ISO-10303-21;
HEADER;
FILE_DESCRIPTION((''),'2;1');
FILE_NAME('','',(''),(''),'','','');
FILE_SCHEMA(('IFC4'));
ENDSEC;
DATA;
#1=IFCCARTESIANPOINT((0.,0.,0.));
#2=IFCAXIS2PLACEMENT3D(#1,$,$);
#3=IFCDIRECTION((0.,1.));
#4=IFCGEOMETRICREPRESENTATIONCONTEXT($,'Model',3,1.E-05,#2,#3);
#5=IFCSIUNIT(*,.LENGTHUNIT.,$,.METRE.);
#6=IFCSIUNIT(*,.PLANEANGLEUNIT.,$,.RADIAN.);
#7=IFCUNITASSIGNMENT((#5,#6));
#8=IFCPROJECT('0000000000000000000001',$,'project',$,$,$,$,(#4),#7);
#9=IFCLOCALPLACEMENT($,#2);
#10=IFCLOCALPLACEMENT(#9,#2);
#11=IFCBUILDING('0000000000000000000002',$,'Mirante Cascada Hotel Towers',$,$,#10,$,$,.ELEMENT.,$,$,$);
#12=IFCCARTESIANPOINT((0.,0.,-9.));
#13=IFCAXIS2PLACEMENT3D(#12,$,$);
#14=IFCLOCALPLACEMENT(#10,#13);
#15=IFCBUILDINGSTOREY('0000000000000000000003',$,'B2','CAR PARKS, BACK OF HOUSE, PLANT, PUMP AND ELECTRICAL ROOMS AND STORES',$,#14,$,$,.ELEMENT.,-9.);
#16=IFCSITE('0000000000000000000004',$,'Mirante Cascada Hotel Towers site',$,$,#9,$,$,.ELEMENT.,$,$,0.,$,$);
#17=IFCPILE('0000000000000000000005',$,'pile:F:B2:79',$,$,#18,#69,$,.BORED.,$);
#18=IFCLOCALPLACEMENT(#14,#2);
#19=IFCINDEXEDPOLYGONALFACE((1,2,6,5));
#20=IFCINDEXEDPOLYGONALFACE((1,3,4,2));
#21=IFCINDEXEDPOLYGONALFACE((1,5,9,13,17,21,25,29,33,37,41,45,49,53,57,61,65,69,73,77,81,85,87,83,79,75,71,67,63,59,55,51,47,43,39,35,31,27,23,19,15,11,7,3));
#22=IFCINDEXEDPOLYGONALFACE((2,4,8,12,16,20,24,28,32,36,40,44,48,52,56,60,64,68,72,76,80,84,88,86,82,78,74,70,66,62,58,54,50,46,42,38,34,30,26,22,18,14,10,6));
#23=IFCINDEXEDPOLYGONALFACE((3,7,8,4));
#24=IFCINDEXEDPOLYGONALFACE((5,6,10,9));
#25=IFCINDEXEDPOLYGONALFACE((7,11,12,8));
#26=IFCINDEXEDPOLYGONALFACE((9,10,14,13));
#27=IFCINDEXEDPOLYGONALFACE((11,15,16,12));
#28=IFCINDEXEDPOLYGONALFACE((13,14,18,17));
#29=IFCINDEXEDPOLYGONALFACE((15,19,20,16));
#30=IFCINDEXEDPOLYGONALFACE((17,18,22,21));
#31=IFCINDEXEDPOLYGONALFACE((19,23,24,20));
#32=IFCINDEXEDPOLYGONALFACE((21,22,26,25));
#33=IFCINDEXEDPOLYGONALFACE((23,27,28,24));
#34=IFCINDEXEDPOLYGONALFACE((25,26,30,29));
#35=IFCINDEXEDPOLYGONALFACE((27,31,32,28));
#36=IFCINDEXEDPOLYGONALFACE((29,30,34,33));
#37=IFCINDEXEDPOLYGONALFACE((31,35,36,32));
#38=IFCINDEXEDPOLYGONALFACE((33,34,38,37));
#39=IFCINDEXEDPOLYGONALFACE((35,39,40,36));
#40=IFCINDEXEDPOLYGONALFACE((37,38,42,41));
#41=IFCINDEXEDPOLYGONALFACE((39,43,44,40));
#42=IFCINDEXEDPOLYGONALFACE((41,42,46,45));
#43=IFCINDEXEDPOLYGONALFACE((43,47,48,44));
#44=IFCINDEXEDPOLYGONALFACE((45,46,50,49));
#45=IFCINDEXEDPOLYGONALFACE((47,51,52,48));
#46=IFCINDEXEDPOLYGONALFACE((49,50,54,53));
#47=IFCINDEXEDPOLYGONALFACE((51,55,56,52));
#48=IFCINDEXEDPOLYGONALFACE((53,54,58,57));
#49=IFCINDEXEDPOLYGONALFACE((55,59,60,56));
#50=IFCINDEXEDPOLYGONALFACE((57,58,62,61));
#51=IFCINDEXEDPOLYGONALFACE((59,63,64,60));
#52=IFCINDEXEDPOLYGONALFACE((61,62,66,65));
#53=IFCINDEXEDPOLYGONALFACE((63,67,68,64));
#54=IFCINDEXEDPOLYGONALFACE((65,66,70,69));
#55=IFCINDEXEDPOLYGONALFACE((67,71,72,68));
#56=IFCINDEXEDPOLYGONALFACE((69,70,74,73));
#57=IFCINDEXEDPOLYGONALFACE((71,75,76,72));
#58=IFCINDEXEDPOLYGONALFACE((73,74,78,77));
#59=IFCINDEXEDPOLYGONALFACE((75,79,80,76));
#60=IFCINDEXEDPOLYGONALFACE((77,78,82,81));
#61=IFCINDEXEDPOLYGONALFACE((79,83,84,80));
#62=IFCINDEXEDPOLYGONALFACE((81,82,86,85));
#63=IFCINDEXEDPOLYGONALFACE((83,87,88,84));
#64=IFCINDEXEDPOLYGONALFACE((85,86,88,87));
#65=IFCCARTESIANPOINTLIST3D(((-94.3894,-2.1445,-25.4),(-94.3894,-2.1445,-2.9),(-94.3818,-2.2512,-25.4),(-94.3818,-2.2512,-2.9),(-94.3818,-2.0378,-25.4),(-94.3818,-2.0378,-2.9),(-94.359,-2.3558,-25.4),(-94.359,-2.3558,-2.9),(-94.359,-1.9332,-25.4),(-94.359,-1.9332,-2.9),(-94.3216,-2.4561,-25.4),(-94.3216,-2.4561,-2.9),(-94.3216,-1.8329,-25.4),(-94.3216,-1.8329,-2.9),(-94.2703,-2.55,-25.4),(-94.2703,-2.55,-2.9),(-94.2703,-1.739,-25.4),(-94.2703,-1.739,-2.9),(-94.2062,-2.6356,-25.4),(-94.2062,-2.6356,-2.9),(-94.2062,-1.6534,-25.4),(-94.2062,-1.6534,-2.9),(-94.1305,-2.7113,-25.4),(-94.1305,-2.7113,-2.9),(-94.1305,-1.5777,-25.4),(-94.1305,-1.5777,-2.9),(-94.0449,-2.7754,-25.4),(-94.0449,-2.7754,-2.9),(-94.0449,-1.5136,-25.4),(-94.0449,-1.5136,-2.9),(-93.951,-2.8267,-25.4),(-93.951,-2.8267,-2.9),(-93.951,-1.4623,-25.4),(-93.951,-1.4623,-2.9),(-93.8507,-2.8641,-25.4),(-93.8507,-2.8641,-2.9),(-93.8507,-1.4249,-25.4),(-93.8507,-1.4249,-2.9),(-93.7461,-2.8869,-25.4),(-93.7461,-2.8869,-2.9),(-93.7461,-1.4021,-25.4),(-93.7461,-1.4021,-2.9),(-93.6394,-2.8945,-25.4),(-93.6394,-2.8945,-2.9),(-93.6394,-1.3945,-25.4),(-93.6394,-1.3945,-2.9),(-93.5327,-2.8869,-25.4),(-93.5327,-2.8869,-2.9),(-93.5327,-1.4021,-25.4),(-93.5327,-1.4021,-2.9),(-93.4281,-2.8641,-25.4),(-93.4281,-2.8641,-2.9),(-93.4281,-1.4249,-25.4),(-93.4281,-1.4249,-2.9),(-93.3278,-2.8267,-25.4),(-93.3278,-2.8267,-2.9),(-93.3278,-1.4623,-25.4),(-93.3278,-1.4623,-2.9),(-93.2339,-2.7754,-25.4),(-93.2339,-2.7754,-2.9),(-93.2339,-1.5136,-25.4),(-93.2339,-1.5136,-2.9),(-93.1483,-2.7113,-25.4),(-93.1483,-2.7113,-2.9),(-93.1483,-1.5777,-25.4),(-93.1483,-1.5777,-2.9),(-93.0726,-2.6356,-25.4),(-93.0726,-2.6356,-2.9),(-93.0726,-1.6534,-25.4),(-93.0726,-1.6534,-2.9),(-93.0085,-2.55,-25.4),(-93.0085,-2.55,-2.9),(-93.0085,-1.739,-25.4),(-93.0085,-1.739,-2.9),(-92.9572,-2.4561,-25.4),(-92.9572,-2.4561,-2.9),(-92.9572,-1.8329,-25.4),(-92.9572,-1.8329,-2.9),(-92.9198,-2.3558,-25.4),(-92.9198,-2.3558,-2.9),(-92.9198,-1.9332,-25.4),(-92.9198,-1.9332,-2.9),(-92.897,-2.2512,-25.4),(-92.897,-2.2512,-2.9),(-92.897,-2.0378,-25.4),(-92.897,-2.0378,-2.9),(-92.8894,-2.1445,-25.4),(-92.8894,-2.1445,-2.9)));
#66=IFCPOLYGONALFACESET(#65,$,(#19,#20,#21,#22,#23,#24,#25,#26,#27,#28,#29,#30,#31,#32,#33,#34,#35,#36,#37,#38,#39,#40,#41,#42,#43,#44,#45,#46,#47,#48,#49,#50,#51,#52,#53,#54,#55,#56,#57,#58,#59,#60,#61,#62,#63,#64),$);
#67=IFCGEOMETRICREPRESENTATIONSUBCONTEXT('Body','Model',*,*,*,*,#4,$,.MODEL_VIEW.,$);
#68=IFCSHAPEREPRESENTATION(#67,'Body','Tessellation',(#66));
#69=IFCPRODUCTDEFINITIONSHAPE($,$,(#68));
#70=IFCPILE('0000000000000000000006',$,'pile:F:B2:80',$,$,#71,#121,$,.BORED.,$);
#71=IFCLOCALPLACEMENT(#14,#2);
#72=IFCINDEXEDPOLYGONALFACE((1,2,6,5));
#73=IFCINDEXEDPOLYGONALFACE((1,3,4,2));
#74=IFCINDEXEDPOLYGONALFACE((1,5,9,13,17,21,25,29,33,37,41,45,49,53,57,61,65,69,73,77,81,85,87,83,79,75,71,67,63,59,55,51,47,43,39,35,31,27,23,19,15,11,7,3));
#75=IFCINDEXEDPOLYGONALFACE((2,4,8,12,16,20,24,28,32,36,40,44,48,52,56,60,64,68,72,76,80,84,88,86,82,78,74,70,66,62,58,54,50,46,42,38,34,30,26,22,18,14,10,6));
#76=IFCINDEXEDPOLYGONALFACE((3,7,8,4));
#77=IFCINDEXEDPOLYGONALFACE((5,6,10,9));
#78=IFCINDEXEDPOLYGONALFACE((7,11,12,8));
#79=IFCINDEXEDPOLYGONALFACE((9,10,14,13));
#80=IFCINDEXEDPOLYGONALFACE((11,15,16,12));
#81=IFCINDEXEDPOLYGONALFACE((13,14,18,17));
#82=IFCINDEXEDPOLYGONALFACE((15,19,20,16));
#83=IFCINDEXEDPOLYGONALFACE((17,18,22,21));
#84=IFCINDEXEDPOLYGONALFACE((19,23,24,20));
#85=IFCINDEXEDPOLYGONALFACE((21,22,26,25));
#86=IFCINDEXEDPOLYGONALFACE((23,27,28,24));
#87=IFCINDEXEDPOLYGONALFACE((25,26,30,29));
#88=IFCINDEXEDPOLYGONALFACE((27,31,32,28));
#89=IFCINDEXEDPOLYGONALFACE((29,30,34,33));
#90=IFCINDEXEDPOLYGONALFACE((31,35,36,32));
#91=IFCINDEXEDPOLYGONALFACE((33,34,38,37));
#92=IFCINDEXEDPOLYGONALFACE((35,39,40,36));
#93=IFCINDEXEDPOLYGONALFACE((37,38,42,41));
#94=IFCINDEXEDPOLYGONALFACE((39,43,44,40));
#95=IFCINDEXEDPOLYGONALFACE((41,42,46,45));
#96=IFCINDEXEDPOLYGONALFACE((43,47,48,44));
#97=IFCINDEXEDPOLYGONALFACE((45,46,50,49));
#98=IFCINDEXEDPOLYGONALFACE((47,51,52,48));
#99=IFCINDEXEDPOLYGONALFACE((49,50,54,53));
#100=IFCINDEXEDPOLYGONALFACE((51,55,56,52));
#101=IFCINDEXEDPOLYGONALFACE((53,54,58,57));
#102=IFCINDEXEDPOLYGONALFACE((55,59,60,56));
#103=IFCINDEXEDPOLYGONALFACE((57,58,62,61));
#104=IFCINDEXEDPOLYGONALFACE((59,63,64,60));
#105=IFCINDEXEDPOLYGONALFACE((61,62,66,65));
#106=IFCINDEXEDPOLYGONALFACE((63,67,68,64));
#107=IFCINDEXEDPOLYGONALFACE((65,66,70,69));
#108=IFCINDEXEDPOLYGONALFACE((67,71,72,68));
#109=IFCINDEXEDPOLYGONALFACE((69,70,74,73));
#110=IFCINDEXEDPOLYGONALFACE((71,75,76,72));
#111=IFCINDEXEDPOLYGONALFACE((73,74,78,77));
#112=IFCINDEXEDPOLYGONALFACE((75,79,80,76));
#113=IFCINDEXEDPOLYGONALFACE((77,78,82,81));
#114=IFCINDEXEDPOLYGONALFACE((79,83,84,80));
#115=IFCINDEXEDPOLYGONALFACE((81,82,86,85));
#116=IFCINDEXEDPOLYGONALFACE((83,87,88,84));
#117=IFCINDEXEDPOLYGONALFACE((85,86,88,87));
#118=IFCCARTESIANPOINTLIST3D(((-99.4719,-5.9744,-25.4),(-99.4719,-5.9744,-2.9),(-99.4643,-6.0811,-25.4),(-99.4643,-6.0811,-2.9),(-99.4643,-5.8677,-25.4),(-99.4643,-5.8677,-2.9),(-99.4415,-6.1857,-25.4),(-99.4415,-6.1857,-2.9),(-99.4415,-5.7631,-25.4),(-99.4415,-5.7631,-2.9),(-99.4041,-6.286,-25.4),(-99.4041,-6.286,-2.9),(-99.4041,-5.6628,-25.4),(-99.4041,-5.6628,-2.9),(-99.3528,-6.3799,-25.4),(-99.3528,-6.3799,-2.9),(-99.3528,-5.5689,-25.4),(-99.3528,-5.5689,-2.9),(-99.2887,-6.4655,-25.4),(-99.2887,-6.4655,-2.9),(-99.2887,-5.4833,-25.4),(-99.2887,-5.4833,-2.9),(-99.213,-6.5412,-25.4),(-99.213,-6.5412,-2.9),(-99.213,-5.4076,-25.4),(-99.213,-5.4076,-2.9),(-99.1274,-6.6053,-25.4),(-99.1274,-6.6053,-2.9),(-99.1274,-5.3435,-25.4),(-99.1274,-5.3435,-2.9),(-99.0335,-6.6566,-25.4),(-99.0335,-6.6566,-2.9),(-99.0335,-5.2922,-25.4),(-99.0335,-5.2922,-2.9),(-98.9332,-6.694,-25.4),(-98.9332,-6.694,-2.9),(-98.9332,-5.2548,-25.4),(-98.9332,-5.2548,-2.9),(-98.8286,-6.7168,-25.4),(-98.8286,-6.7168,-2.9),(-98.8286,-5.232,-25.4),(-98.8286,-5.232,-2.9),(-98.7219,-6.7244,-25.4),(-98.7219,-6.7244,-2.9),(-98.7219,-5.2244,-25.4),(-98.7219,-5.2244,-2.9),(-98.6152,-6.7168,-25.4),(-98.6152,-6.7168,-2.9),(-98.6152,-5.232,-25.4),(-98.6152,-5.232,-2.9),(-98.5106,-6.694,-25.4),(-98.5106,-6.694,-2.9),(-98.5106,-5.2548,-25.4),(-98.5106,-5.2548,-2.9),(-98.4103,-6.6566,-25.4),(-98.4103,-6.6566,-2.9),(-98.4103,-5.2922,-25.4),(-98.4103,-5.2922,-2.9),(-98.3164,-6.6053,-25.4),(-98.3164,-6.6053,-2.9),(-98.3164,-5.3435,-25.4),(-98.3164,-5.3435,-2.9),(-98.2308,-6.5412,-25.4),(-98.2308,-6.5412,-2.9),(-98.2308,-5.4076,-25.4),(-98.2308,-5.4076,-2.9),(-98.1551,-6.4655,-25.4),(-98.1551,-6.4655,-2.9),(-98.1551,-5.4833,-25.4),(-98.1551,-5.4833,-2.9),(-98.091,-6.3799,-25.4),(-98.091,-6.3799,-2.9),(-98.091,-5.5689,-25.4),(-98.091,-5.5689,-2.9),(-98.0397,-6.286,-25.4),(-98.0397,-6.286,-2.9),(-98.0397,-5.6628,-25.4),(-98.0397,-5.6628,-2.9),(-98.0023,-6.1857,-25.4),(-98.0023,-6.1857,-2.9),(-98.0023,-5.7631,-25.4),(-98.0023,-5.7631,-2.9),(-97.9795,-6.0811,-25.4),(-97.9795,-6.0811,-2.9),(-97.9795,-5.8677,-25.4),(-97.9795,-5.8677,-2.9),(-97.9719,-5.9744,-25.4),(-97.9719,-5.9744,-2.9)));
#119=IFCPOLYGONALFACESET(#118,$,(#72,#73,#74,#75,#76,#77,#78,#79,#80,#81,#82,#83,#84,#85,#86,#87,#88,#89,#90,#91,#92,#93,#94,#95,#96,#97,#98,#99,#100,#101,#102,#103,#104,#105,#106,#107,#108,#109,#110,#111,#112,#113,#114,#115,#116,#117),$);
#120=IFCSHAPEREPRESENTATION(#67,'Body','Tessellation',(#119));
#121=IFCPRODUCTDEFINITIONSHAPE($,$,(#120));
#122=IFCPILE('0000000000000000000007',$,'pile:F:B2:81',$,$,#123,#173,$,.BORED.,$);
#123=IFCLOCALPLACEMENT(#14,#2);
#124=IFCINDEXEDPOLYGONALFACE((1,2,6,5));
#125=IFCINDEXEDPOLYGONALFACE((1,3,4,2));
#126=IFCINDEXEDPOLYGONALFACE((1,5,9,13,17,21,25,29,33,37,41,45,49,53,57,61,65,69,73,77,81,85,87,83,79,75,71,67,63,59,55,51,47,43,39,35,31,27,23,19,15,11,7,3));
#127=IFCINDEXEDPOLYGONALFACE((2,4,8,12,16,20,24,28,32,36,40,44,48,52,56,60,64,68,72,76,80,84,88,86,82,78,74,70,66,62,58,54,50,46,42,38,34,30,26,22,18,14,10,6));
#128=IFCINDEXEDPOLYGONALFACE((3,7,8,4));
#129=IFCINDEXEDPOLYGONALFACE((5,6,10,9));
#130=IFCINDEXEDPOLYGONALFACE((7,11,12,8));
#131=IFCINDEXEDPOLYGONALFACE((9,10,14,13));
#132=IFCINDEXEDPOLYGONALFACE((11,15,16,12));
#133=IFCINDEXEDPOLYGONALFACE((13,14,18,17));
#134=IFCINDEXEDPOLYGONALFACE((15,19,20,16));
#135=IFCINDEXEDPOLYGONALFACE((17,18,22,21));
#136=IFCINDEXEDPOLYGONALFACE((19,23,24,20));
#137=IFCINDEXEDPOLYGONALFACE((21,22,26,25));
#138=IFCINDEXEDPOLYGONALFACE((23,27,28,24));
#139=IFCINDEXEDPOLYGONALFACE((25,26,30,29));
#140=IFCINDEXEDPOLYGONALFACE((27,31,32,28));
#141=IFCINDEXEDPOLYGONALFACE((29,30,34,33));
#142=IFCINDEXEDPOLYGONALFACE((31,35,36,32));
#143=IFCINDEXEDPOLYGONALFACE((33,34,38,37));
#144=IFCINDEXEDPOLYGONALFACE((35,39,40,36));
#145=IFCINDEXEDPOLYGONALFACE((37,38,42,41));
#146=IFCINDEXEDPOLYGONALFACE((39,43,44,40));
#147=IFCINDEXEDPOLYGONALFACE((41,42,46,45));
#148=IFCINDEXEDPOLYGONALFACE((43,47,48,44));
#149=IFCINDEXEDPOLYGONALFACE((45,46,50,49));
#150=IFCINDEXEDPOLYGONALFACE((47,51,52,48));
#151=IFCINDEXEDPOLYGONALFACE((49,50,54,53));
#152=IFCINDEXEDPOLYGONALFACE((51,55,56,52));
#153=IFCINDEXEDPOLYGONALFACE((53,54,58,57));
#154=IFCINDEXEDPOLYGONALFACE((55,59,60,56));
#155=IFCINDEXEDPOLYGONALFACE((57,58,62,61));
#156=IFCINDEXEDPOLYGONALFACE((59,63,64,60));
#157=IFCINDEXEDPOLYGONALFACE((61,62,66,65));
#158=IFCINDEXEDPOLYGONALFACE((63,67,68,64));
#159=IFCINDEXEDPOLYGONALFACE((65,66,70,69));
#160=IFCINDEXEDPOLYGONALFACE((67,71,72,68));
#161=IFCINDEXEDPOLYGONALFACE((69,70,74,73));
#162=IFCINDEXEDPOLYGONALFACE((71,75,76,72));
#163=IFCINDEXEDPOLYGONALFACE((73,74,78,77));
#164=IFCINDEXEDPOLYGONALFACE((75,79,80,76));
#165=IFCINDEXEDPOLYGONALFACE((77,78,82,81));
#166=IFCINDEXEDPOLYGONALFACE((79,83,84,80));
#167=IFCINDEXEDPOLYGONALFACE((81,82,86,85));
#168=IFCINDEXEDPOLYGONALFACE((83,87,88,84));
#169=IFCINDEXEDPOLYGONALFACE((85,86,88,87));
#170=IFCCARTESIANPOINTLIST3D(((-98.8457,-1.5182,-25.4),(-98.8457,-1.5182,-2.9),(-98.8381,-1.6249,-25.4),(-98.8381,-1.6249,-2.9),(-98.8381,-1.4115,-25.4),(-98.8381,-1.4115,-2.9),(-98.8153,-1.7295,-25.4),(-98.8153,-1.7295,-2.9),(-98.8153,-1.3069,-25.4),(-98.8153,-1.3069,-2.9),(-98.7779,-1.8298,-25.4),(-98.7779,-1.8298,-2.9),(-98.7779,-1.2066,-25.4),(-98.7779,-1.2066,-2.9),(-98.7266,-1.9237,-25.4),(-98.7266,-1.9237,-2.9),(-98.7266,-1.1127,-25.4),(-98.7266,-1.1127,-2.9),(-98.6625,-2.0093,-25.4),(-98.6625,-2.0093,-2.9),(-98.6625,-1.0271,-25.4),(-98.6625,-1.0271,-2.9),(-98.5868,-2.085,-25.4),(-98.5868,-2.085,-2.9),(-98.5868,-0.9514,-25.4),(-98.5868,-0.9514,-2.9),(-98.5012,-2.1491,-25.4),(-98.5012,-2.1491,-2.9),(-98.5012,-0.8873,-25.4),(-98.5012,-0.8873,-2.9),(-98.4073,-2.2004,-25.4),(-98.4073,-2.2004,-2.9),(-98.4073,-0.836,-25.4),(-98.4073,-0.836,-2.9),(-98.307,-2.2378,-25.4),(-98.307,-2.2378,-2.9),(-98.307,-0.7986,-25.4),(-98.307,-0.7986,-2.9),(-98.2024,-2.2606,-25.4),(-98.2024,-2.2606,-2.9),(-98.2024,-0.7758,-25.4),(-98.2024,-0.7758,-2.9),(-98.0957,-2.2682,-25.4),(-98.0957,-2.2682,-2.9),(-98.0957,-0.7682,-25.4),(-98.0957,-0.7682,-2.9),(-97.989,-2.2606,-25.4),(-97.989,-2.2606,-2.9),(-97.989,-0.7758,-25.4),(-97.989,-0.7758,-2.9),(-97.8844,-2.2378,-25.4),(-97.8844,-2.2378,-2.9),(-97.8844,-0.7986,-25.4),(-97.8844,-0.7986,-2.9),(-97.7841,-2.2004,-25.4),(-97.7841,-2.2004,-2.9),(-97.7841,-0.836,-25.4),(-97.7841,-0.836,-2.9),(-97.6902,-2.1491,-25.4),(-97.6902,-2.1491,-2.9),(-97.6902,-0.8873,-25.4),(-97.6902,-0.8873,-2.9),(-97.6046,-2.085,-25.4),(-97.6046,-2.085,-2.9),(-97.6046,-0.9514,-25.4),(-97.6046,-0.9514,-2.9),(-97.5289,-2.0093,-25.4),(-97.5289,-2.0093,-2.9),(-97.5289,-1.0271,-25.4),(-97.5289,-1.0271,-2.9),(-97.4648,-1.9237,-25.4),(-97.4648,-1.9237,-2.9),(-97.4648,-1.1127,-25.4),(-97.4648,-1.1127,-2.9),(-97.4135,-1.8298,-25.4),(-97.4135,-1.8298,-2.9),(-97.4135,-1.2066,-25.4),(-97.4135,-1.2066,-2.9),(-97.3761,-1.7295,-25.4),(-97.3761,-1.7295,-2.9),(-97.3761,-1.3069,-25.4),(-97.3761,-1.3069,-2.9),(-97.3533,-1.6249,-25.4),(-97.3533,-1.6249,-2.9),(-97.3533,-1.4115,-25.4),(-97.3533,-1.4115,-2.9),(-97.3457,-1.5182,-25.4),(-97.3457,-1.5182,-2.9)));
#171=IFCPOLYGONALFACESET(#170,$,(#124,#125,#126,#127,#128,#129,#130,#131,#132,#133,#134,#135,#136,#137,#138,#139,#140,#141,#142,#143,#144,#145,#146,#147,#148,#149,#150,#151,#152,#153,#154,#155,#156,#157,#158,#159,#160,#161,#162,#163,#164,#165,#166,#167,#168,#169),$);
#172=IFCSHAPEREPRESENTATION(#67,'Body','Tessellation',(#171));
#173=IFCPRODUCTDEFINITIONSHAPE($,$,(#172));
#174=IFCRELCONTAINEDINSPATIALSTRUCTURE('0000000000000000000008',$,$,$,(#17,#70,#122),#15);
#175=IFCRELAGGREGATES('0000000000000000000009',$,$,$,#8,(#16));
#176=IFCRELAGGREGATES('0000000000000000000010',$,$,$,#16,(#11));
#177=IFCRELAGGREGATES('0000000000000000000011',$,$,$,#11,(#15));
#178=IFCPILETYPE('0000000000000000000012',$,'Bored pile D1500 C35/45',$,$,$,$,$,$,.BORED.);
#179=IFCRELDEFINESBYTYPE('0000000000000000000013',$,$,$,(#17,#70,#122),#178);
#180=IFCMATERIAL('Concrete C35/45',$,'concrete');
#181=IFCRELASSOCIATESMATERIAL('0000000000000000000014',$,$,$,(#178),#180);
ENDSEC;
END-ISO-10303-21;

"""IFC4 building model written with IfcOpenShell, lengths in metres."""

from ifc_helpers import new_model, si_unit, direction, frame, origin, origin_2d, place, context, subcontext, project, spatial, circle, extrude, material, material_profile, profile_set, type_object, element, save


model = new_model("IFC4")

# Units and contexts
model_context = context("Model", 3, precision=1e-05, world=origin(), true_north=direction((0.0, 1.0)))
body_context = subcontext(model_context, "Body", "Model", "MODEL_VIEW")
ifc_project = project(units=[si_unit("LENGTHUNIT", "METRE"), si_unit("PLANEANGLEUNIT", "RADIAN")], contexts=[model_context])

# Site, building, storey
site_placement = place(None, origin())
site = spatial("IfcSite", under=ifc_project, at=site_placement, Name="Mirante Cascada Hotel Towers site", CompositionType="ELEMENT", RefElevation=0.0)
building_placement = place(site_placement, origin())
building = spatial("IfcBuilding", under=site, at=building_placement, Name="Mirante Cascada Hotel Towers", CompositionType="ELEMENT")
storey_placement = place(building_placement, frame((0.0, 0.0, -9.0)))
storey = spatial("IfcBuildingStorey", under=building, at=storey_placement, Name="B2", Description="CAR PARKS, BACK OF HOUSE, PLANT, PUMP AND ELECTRICAL ROOMS AND STORES", CompositionType="ELEMENT", Elevation=-9.0)

# Piles
ifc_material_1 = material(Name="Concrete C35/45", Category="concrete")
ifc_material_profile_1 = material_profile(ifc_material_1, circle(Radius=0.75, at=origin_2d()), Name="RC D1500")
ifc_profile_set_1 = profile_set([ifc_material_profile_1], Name="Concrete C35/45")
pile_type = type_object("IfcPileType", Name="Bored pile D1500 C35/45", PredefinedType="BORED", material=ifc_profile_set_1)
for number, where, z_axis, x_axis, name in (
    (1, (-93.6394, -2.1445, -2.9), (0.0, 0.0, -1.0), (1.0, 0.0, 0.0), "pile:F:B2:79"),
    (2, (-98.7219, -5.9744, -2.9), (0.0, 0.0, -1.0), (1.0, 0.0, 0.0), "pile:F:B2:80"),
    (3, (-98.0957, -1.5182, -2.9), (0.0, 0.0, -1.0), (1.0, 0.0, 0.0), "pile:F:B2:81"),
):
    element("IfcPile", number, at=place(storey_placement, frame(where, z_axis=z_axis, x_axis=x_axis)), inside=storey, type_object=pile_type, Name=name, PredefinedType="BORED", context=body_context, shape_type="SweptSolid", body=[
        extrude(circle(Radius=0.75, at=origin_2d()), origin(), (0.0, 0.0, 1.0), 22.5),
    ])

save(model, "model.ifc")
